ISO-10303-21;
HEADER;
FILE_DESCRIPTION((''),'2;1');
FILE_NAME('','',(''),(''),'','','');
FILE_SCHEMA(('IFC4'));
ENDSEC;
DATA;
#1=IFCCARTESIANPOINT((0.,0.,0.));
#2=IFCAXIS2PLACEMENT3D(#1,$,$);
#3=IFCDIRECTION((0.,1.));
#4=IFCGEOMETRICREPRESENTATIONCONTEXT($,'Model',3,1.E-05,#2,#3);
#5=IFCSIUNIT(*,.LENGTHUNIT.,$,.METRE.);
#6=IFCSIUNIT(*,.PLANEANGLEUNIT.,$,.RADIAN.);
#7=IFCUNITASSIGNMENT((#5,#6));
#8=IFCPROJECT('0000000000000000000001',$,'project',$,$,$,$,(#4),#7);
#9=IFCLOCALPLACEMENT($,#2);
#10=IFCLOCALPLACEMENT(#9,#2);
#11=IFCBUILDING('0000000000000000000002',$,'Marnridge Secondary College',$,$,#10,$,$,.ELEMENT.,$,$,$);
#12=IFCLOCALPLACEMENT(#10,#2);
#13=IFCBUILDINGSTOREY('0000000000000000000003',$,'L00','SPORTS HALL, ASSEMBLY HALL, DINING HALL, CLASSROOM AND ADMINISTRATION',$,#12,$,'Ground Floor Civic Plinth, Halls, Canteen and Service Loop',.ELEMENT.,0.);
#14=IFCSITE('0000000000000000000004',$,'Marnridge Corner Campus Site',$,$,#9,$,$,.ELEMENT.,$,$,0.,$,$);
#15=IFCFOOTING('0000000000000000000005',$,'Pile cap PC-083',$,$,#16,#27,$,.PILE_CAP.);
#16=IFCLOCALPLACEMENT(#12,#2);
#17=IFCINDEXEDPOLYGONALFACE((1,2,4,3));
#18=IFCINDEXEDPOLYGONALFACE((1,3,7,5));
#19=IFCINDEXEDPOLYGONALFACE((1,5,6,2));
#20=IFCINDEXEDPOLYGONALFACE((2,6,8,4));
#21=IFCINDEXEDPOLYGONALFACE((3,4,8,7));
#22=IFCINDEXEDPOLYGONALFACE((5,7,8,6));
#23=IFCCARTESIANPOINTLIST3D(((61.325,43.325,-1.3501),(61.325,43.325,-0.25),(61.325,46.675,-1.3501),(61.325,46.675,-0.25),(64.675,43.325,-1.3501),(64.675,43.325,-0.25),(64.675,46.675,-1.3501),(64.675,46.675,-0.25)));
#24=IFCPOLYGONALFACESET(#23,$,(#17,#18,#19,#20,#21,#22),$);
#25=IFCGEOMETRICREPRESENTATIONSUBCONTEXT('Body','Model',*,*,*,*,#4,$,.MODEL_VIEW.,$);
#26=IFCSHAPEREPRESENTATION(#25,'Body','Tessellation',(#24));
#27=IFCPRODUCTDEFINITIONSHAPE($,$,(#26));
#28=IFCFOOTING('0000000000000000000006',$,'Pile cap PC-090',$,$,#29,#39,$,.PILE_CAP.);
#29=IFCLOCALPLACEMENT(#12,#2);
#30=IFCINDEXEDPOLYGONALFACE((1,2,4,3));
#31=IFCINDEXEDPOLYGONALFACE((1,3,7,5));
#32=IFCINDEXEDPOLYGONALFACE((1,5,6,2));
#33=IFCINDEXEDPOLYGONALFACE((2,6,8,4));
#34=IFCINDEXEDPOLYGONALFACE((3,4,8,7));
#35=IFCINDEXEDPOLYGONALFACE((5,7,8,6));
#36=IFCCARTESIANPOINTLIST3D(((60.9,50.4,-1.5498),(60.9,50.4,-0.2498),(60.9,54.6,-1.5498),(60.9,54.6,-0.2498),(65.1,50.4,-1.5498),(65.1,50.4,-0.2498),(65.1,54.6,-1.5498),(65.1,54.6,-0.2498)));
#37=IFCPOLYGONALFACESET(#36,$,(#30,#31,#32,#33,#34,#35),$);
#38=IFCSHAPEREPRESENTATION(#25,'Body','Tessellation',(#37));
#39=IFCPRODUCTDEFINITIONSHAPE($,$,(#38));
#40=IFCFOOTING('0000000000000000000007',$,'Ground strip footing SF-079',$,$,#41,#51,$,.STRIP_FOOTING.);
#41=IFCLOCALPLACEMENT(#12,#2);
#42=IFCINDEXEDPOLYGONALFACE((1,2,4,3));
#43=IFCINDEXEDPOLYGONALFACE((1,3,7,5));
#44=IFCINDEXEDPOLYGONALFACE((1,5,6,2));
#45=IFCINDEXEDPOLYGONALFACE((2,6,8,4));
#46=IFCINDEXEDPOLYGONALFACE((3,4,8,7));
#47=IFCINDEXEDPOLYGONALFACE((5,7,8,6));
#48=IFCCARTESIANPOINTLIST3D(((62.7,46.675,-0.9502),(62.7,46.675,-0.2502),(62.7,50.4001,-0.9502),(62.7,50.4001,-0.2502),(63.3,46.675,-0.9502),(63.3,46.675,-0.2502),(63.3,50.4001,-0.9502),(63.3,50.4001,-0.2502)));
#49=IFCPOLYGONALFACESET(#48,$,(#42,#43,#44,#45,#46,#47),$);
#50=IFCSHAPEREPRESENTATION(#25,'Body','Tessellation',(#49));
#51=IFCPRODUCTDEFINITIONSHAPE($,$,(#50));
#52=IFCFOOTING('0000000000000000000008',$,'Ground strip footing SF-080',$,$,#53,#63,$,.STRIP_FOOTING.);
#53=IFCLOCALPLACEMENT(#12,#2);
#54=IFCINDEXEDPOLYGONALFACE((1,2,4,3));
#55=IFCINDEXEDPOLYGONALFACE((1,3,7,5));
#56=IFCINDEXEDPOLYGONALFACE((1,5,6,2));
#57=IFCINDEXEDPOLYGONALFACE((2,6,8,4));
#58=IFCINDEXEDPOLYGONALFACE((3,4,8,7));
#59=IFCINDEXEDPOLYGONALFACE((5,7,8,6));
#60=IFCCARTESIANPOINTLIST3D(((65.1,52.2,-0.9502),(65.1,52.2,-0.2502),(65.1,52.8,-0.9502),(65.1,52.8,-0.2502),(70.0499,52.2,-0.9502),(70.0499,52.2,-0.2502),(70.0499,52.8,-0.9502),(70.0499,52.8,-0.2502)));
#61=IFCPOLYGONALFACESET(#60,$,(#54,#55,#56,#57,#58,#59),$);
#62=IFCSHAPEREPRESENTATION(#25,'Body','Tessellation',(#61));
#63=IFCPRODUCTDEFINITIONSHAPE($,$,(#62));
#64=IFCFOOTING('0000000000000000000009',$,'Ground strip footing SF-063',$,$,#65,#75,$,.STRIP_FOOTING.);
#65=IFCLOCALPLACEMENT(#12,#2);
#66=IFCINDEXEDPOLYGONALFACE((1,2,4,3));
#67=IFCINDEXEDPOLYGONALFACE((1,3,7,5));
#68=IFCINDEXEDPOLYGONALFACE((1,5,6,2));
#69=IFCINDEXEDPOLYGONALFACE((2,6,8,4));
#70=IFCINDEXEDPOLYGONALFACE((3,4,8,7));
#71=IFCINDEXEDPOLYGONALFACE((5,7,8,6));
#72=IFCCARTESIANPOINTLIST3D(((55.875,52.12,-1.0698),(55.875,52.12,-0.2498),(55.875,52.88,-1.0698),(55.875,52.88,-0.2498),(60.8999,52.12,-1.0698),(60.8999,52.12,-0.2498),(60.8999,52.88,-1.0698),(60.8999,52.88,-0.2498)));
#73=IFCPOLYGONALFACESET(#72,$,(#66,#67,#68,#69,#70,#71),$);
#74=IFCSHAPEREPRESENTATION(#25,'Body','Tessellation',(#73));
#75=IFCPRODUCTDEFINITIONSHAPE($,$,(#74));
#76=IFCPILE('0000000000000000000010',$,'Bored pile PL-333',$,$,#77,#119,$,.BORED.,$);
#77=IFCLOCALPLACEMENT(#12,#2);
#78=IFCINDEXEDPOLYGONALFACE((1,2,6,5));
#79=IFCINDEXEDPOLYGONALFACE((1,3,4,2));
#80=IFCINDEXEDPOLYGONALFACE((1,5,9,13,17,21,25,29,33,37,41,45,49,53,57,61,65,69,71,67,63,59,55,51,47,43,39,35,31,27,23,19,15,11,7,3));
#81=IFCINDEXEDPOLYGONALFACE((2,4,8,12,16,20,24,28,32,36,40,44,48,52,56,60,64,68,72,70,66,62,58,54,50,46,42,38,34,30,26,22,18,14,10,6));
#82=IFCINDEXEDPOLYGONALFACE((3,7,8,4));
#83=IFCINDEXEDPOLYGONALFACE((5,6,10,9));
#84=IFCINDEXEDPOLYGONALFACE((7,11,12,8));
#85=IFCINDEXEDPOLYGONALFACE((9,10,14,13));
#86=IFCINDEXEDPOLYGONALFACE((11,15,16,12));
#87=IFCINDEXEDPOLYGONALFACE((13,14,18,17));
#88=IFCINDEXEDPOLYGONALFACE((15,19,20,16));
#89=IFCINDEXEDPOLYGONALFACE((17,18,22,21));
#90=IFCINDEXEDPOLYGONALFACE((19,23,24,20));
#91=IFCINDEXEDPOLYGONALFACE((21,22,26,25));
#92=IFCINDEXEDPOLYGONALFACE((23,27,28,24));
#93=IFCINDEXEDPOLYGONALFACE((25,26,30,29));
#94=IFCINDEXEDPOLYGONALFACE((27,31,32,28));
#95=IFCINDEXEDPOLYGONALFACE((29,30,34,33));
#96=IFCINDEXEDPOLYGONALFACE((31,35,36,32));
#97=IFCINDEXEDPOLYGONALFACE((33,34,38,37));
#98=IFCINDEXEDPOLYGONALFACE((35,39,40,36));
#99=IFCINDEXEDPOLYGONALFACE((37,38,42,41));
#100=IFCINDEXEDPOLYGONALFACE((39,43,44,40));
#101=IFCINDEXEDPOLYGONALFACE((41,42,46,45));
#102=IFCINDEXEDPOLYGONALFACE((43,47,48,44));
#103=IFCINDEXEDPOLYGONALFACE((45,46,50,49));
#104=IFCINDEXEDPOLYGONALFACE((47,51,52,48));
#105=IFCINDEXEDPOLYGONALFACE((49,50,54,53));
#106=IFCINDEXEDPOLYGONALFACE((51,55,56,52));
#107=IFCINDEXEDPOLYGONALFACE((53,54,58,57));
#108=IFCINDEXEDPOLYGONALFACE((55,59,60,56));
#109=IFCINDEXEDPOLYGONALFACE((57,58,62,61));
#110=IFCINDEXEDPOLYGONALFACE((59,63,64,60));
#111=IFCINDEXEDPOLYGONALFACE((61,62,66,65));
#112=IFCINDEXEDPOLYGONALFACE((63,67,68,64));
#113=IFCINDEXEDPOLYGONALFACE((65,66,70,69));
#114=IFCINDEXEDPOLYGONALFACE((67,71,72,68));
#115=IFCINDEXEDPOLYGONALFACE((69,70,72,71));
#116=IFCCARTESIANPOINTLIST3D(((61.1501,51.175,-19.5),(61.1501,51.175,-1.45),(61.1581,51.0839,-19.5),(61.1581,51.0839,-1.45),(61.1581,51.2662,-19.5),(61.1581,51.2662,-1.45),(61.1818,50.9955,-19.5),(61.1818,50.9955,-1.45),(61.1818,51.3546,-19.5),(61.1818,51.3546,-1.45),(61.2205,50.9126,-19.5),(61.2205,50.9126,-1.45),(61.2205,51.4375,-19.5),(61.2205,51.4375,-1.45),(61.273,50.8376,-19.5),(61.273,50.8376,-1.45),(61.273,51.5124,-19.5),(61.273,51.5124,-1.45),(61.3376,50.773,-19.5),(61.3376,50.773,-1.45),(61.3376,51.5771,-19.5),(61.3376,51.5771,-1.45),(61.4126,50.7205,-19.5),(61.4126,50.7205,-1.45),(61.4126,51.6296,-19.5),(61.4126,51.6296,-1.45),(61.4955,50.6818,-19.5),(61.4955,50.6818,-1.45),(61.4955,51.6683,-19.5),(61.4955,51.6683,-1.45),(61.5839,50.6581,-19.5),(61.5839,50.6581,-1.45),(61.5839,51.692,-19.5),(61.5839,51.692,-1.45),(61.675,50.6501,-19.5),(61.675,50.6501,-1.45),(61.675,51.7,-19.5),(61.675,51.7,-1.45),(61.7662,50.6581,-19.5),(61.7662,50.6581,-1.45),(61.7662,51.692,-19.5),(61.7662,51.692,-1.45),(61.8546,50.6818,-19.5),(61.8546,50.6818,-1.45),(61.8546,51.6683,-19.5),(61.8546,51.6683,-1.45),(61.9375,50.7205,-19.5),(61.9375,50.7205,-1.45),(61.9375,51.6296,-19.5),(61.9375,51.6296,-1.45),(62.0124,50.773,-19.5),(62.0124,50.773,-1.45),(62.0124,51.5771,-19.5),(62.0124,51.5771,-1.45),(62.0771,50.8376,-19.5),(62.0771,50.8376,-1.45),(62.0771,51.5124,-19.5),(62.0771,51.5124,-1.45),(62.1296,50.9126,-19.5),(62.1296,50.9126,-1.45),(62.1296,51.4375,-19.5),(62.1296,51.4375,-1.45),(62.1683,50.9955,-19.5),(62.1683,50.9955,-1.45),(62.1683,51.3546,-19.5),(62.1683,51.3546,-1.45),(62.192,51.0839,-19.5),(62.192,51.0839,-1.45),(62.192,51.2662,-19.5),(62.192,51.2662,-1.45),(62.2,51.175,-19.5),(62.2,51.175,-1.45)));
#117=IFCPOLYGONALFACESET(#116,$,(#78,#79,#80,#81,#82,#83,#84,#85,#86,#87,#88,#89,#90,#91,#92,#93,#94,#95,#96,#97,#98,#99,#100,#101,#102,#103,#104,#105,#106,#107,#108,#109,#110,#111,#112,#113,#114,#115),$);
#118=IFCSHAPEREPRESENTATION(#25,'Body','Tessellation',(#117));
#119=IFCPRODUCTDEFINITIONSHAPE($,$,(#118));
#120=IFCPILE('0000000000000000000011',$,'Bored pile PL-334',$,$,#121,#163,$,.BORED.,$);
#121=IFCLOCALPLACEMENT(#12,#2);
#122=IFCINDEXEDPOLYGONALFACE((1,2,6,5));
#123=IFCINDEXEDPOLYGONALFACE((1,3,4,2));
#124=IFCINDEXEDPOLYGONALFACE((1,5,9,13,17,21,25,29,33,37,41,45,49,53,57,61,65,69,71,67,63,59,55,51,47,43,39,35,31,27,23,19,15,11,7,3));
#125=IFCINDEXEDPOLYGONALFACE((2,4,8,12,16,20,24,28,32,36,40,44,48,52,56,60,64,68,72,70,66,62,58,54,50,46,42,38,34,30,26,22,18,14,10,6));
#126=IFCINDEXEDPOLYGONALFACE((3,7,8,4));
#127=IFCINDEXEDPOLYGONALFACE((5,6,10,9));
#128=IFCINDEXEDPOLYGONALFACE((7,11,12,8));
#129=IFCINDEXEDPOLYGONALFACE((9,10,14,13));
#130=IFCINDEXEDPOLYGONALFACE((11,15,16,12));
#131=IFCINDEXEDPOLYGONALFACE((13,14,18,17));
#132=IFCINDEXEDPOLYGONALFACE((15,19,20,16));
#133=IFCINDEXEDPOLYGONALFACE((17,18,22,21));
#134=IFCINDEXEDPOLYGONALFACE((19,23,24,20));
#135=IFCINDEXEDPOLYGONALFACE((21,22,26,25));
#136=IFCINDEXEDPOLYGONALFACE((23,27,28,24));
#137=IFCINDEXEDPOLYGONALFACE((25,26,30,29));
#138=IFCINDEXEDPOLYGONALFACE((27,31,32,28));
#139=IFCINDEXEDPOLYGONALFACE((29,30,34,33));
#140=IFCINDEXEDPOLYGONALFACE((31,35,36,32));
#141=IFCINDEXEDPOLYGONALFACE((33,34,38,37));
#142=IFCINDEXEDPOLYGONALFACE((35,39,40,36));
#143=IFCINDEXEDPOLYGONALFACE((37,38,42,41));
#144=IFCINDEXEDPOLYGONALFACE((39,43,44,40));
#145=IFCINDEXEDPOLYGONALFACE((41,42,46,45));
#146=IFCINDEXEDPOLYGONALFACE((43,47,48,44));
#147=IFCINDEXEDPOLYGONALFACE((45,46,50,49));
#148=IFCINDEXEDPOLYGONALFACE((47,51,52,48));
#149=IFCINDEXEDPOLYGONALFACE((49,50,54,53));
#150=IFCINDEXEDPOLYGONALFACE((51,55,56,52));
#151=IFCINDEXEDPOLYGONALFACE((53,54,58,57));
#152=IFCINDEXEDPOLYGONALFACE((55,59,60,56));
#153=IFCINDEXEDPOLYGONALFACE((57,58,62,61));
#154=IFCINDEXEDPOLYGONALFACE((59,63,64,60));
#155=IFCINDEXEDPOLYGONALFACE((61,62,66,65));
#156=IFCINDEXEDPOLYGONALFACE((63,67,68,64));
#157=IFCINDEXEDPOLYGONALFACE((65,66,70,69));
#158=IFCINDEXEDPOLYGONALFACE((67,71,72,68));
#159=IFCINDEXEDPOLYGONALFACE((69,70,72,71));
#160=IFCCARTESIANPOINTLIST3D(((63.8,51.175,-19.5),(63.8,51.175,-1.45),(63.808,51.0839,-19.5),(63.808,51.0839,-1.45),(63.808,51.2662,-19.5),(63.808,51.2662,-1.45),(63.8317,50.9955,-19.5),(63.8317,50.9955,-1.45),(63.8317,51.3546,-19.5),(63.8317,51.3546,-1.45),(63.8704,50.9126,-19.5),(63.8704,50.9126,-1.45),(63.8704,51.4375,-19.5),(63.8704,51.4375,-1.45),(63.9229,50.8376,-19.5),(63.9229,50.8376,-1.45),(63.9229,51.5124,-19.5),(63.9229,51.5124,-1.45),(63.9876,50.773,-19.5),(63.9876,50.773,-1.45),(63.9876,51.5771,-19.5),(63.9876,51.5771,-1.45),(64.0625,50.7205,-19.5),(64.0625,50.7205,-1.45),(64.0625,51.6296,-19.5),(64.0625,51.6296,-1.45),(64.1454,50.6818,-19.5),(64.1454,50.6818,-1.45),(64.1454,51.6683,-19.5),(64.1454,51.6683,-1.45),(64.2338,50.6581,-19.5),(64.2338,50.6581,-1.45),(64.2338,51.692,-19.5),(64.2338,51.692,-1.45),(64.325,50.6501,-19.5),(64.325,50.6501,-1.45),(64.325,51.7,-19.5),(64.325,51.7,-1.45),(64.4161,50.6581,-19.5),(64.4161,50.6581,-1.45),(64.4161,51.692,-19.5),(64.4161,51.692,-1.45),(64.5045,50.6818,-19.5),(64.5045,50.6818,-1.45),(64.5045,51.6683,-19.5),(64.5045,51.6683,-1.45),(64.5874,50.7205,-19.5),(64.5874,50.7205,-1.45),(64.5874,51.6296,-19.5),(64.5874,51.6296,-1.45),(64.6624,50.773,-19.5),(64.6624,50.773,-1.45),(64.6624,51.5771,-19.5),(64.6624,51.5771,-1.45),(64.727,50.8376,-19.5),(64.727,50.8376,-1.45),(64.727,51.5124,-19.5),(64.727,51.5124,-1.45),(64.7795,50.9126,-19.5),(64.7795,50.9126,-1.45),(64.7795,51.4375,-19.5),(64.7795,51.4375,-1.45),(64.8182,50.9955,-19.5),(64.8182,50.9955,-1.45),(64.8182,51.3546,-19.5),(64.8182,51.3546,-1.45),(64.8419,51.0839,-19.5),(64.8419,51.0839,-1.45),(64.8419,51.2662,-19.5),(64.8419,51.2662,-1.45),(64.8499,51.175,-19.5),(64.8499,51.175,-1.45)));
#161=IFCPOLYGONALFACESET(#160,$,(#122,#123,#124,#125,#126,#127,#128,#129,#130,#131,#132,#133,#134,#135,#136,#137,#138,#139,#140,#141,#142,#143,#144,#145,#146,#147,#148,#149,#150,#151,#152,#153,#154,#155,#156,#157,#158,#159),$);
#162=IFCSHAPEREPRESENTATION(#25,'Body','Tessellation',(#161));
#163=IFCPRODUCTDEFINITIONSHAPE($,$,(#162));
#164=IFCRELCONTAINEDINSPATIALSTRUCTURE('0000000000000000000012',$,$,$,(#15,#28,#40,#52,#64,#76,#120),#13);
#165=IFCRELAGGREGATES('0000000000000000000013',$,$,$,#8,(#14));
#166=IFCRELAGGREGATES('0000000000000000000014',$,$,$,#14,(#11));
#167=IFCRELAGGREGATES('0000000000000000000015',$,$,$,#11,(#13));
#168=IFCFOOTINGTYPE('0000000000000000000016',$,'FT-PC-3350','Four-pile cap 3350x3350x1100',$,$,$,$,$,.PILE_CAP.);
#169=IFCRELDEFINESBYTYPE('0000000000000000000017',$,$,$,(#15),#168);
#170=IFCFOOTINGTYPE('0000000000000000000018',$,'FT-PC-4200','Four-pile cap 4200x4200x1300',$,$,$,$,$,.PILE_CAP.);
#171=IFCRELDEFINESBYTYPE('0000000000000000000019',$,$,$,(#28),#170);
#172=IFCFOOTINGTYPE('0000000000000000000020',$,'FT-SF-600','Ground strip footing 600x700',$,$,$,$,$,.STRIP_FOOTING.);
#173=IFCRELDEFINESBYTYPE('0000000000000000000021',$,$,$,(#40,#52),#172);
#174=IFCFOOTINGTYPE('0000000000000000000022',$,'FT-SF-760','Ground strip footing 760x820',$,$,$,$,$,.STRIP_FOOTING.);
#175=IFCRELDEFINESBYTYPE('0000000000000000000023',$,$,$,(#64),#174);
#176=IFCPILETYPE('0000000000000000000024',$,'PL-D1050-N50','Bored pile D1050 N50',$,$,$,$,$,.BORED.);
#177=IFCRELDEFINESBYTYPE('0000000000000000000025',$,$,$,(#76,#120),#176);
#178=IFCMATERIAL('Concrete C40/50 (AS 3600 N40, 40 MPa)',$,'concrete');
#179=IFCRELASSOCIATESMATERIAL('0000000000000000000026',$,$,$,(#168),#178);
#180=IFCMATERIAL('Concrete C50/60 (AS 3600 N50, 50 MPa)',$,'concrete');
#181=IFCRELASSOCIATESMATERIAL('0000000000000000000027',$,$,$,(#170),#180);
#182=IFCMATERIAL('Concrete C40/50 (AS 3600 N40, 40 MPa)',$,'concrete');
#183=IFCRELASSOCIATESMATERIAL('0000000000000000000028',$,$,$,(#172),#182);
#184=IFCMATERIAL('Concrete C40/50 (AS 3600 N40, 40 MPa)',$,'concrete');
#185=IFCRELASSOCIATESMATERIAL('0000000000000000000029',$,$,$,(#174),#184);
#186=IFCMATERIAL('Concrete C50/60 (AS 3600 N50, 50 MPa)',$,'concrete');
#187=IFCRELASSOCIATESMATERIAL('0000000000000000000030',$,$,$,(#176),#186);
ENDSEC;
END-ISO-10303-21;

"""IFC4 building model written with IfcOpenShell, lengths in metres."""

from ifc_helpers import new_model, si_unit, direction, frame, origin, origin_2d, place, context, subcontext, project, spatial, rectangle, circle, extrude, material, material_profile, profile_set, type_object, element, save


model = new_model("IFC4")

# Units and contexts
model_context = context("Model", 3, precision=1e-05, world=origin(), true_north=direction((0.0, 1.0)))
body_context = subcontext(model_context, "Body", "Model", "MODEL_VIEW")
ifc_project = project(units=[si_unit("LENGTHUNIT", "METRE"), si_unit("PLANEANGLEUNIT", "RADIAN")], contexts=[model_context])

# Site, building, storey
site_placement = place(None, origin())
site = spatial("IfcSite", under=ifc_project, at=site_placement, Name="Marnridge Corner Campus Site", CompositionType="ELEMENT", RefElevation=0.0)
building_placement = place(site_placement, origin())
building = spatial("IfcBuilding", under=site, at=building_placement, Name="Marnridge Secondary College", CompositionType="ELEMENT")
storey_placement = place(building_placement, origin())
storey = spatial("IfcBuildingStorey", under=building, at=storey_placement, Name="L00", Description="SPORTS HALL, ASSEMBLY HALL, DINING HALL, CLASSROOM AND ADMINISTRATION", LongName="Ground Floor Civic Plinth, Halls, Canteen and Service Loop", CompositionType="ELEMENT", Elevation=0.0)

# Footings
ifc_material_1 = material(Name="Concrete C40/50 (AS 3600 N40, 40 MPa)", Category="concrete")
footing_type_1 = type_object("IfcFootingType", Name="FT-PC-3350", Description="Four-pile cap 3350x3350x1100", PredefinedType="PILE_CAP", material=ifc_material_1)
footing_1_placement = place(storey_placement, frame((63.0, 45.0, -1.3501), z_axis=(0.0, 0.0, 1.0), x_axis=(1.0, 0.0, 0.0)))
element("IfcFooting", 1, at=footing_1_placement, inside=storey, type_object=footing_type_1, Name="Pile cap PC-083", PredefinedType="PILE_CAP", context=body_context, shape_type="SweptSolid", body=[
    extrude(rectangle(XDim=3.3501, YDim=3.3501, at=origin_2d()), origin(), (0.0, 0.0, 1.0), 1.1001),
])
ifc_material_2 = material(Name="Concrete C50/60 (AS 3600 N50, 50 MPa)", Category="concrete")
footing_type_2 = type_object("IfcFootingType", Name="FT-PC-4200", Description="Four-pile cap 4200x4200x1300", PredefinedType="PILE_CAP", material=ifc_material_2)
footing_2_placement = place(storey_placement, frame((63.0, 52.5, -1.5498), z_axis=(0.0, 0.0, 1.0), x_axis=(1.0, 0.0, 0.0)))
element("IfcFooting", 2, at=footing_2_placement, inside=storey, type_object=footing_type_2, Name="Pile cap PC-090", PredefinedType="PILE_CAP", context=body_context, shape_type="SweptSolid", body=[
    extrude(rectangle(XDim=4.2, YDim=4.2, at=origin_2d()), origin(), (0.0, 0.0, 1.0), 1.3),
])
ifc_material_3 = material(Name="Concrete C40/50 (AS 3600 N40, 40 MPa)", Category="concrete")
footing_type_3 = type_object("IfcFootingType", Name="FT-SF-600", Description="Ground strip footing 600x700", PredefinedType="STRIP_FOOTING", material=ifc_material_3)
footing_3_placement = place(storey_placement, frame((63.0, 48.5376, -0.9502), z_axis=(0.0, 0.0, 1.0), x_axis=(1.0, 0.0, 0.0)))
element("IfcFooting", 3, at=footing_3_placement, inside=storey, type_object=footing_type_3, Name="Ground strip footing SF-079", PredefinedType="STRIP_FOOTING", context=body_context, shape_type="SweptSolid", body=[
    extrude(rectangle(XDim=0.6001, YDim=3.7251, at=origin_2d()), origin(), (0.0, 0.0, 1.0), 0.7),
])
footing_4_placement = place(storey_placement, frame((67.575, 52.5, -0.9502), z_axis=(0.0, 0.0, 1.0), x_axis=(1.0, 0.0, 0.0)))
element("IfcFooting", 4, at=footing_4_placement, inside=storey, type_object=footing_type_3, Name="Ground strip footing SF-080", PredefinedType="STRIP_FOOTING", context=body_context, shape_type="SweptSolid", body=[
    extrude(rectangle(XDim=4.95, YDim=0.6001, at=origin_2d()), origin(), (0.0, 0.0, 1.0), 0.7),
])
ifc_material_4 = material(Name="Concrete C40/50 (AS 3600 N40, 40 MPa)", Category="concrete")
footing_type_4 = type_object("IfcFootingType", Name="FT-SF-760", Description="Ground strip footing 760x820", PredefinedType="STRIP_FOOTING", material=ifc_material_4)
footing_5_placement = place(storey_placement, frame((58.3875, 52.5, -1.0698), z_axis=(0.0, 0.0, 1.0), x_axis=(1.0, 0.0, 0.0)))
element("IfcFooting", 5, at=footing_5_placement, inside=storey, type_object=footing_type_4, Name="Ground strip footing SF-063", PredefinedType="STRIP_FOOTING", context=body_context, shape_type="SweptSolid", body=[
    extrude(rectangle(XDim=5.0249, YDim=0.76, at=origin_2d()), origin(), (0.0, 0.0, 1.0), 0.8201),
])

# Piles
ifc_material_5 = material(Name="Concrete C50/60 (AS 3600 N50, 50 MPa)", Category="concrete")
ifc_material_profile_1 = material_profile(ifc_material_5, circle(Radius=0.5249, at=origin_2d()), Name="PILE D1050")
ifc_profile_set_1 = profile_set([ifc_material_profile_1], Name="Concrete C50/60 (AS 3600 N50, 50 MPa)")
pile_type_1 = type_object("IfcPileType", Name="PL-D1050-N50", Description="Bored pile D1050 N50", PredefinedType="BORED", material=ifc_profile_set_1)
for number, where, z_axis, x_axis, name in (
    (6, (61.675, 51.175, -1.45), (0.0, 0.0, -1.0), (1.0, 0.0, 0.0), "Bored pile PL-333"),
    (7, (64.325, 51.175, -1.45), (0.0, 0.0, -1.0), (1.0, 0.0, 0.0), "Bored pile PL-334"),
):
    element("IfcPile", number, at=place(storey_placement, frame(where, z_axis=z_axis, x_axis=x_axis)), inside=storey, type_object=pile_type_1, Name=name, PredefinedType="BORED", context=body_context, shape_type="SweptSolid", body=[
        extrude(circle(Radius=0.5249, at=origin_2d()), origin(), (0.0, 0.0, 1.0), 18.05),
    ])

save(model, "model.ifc")
